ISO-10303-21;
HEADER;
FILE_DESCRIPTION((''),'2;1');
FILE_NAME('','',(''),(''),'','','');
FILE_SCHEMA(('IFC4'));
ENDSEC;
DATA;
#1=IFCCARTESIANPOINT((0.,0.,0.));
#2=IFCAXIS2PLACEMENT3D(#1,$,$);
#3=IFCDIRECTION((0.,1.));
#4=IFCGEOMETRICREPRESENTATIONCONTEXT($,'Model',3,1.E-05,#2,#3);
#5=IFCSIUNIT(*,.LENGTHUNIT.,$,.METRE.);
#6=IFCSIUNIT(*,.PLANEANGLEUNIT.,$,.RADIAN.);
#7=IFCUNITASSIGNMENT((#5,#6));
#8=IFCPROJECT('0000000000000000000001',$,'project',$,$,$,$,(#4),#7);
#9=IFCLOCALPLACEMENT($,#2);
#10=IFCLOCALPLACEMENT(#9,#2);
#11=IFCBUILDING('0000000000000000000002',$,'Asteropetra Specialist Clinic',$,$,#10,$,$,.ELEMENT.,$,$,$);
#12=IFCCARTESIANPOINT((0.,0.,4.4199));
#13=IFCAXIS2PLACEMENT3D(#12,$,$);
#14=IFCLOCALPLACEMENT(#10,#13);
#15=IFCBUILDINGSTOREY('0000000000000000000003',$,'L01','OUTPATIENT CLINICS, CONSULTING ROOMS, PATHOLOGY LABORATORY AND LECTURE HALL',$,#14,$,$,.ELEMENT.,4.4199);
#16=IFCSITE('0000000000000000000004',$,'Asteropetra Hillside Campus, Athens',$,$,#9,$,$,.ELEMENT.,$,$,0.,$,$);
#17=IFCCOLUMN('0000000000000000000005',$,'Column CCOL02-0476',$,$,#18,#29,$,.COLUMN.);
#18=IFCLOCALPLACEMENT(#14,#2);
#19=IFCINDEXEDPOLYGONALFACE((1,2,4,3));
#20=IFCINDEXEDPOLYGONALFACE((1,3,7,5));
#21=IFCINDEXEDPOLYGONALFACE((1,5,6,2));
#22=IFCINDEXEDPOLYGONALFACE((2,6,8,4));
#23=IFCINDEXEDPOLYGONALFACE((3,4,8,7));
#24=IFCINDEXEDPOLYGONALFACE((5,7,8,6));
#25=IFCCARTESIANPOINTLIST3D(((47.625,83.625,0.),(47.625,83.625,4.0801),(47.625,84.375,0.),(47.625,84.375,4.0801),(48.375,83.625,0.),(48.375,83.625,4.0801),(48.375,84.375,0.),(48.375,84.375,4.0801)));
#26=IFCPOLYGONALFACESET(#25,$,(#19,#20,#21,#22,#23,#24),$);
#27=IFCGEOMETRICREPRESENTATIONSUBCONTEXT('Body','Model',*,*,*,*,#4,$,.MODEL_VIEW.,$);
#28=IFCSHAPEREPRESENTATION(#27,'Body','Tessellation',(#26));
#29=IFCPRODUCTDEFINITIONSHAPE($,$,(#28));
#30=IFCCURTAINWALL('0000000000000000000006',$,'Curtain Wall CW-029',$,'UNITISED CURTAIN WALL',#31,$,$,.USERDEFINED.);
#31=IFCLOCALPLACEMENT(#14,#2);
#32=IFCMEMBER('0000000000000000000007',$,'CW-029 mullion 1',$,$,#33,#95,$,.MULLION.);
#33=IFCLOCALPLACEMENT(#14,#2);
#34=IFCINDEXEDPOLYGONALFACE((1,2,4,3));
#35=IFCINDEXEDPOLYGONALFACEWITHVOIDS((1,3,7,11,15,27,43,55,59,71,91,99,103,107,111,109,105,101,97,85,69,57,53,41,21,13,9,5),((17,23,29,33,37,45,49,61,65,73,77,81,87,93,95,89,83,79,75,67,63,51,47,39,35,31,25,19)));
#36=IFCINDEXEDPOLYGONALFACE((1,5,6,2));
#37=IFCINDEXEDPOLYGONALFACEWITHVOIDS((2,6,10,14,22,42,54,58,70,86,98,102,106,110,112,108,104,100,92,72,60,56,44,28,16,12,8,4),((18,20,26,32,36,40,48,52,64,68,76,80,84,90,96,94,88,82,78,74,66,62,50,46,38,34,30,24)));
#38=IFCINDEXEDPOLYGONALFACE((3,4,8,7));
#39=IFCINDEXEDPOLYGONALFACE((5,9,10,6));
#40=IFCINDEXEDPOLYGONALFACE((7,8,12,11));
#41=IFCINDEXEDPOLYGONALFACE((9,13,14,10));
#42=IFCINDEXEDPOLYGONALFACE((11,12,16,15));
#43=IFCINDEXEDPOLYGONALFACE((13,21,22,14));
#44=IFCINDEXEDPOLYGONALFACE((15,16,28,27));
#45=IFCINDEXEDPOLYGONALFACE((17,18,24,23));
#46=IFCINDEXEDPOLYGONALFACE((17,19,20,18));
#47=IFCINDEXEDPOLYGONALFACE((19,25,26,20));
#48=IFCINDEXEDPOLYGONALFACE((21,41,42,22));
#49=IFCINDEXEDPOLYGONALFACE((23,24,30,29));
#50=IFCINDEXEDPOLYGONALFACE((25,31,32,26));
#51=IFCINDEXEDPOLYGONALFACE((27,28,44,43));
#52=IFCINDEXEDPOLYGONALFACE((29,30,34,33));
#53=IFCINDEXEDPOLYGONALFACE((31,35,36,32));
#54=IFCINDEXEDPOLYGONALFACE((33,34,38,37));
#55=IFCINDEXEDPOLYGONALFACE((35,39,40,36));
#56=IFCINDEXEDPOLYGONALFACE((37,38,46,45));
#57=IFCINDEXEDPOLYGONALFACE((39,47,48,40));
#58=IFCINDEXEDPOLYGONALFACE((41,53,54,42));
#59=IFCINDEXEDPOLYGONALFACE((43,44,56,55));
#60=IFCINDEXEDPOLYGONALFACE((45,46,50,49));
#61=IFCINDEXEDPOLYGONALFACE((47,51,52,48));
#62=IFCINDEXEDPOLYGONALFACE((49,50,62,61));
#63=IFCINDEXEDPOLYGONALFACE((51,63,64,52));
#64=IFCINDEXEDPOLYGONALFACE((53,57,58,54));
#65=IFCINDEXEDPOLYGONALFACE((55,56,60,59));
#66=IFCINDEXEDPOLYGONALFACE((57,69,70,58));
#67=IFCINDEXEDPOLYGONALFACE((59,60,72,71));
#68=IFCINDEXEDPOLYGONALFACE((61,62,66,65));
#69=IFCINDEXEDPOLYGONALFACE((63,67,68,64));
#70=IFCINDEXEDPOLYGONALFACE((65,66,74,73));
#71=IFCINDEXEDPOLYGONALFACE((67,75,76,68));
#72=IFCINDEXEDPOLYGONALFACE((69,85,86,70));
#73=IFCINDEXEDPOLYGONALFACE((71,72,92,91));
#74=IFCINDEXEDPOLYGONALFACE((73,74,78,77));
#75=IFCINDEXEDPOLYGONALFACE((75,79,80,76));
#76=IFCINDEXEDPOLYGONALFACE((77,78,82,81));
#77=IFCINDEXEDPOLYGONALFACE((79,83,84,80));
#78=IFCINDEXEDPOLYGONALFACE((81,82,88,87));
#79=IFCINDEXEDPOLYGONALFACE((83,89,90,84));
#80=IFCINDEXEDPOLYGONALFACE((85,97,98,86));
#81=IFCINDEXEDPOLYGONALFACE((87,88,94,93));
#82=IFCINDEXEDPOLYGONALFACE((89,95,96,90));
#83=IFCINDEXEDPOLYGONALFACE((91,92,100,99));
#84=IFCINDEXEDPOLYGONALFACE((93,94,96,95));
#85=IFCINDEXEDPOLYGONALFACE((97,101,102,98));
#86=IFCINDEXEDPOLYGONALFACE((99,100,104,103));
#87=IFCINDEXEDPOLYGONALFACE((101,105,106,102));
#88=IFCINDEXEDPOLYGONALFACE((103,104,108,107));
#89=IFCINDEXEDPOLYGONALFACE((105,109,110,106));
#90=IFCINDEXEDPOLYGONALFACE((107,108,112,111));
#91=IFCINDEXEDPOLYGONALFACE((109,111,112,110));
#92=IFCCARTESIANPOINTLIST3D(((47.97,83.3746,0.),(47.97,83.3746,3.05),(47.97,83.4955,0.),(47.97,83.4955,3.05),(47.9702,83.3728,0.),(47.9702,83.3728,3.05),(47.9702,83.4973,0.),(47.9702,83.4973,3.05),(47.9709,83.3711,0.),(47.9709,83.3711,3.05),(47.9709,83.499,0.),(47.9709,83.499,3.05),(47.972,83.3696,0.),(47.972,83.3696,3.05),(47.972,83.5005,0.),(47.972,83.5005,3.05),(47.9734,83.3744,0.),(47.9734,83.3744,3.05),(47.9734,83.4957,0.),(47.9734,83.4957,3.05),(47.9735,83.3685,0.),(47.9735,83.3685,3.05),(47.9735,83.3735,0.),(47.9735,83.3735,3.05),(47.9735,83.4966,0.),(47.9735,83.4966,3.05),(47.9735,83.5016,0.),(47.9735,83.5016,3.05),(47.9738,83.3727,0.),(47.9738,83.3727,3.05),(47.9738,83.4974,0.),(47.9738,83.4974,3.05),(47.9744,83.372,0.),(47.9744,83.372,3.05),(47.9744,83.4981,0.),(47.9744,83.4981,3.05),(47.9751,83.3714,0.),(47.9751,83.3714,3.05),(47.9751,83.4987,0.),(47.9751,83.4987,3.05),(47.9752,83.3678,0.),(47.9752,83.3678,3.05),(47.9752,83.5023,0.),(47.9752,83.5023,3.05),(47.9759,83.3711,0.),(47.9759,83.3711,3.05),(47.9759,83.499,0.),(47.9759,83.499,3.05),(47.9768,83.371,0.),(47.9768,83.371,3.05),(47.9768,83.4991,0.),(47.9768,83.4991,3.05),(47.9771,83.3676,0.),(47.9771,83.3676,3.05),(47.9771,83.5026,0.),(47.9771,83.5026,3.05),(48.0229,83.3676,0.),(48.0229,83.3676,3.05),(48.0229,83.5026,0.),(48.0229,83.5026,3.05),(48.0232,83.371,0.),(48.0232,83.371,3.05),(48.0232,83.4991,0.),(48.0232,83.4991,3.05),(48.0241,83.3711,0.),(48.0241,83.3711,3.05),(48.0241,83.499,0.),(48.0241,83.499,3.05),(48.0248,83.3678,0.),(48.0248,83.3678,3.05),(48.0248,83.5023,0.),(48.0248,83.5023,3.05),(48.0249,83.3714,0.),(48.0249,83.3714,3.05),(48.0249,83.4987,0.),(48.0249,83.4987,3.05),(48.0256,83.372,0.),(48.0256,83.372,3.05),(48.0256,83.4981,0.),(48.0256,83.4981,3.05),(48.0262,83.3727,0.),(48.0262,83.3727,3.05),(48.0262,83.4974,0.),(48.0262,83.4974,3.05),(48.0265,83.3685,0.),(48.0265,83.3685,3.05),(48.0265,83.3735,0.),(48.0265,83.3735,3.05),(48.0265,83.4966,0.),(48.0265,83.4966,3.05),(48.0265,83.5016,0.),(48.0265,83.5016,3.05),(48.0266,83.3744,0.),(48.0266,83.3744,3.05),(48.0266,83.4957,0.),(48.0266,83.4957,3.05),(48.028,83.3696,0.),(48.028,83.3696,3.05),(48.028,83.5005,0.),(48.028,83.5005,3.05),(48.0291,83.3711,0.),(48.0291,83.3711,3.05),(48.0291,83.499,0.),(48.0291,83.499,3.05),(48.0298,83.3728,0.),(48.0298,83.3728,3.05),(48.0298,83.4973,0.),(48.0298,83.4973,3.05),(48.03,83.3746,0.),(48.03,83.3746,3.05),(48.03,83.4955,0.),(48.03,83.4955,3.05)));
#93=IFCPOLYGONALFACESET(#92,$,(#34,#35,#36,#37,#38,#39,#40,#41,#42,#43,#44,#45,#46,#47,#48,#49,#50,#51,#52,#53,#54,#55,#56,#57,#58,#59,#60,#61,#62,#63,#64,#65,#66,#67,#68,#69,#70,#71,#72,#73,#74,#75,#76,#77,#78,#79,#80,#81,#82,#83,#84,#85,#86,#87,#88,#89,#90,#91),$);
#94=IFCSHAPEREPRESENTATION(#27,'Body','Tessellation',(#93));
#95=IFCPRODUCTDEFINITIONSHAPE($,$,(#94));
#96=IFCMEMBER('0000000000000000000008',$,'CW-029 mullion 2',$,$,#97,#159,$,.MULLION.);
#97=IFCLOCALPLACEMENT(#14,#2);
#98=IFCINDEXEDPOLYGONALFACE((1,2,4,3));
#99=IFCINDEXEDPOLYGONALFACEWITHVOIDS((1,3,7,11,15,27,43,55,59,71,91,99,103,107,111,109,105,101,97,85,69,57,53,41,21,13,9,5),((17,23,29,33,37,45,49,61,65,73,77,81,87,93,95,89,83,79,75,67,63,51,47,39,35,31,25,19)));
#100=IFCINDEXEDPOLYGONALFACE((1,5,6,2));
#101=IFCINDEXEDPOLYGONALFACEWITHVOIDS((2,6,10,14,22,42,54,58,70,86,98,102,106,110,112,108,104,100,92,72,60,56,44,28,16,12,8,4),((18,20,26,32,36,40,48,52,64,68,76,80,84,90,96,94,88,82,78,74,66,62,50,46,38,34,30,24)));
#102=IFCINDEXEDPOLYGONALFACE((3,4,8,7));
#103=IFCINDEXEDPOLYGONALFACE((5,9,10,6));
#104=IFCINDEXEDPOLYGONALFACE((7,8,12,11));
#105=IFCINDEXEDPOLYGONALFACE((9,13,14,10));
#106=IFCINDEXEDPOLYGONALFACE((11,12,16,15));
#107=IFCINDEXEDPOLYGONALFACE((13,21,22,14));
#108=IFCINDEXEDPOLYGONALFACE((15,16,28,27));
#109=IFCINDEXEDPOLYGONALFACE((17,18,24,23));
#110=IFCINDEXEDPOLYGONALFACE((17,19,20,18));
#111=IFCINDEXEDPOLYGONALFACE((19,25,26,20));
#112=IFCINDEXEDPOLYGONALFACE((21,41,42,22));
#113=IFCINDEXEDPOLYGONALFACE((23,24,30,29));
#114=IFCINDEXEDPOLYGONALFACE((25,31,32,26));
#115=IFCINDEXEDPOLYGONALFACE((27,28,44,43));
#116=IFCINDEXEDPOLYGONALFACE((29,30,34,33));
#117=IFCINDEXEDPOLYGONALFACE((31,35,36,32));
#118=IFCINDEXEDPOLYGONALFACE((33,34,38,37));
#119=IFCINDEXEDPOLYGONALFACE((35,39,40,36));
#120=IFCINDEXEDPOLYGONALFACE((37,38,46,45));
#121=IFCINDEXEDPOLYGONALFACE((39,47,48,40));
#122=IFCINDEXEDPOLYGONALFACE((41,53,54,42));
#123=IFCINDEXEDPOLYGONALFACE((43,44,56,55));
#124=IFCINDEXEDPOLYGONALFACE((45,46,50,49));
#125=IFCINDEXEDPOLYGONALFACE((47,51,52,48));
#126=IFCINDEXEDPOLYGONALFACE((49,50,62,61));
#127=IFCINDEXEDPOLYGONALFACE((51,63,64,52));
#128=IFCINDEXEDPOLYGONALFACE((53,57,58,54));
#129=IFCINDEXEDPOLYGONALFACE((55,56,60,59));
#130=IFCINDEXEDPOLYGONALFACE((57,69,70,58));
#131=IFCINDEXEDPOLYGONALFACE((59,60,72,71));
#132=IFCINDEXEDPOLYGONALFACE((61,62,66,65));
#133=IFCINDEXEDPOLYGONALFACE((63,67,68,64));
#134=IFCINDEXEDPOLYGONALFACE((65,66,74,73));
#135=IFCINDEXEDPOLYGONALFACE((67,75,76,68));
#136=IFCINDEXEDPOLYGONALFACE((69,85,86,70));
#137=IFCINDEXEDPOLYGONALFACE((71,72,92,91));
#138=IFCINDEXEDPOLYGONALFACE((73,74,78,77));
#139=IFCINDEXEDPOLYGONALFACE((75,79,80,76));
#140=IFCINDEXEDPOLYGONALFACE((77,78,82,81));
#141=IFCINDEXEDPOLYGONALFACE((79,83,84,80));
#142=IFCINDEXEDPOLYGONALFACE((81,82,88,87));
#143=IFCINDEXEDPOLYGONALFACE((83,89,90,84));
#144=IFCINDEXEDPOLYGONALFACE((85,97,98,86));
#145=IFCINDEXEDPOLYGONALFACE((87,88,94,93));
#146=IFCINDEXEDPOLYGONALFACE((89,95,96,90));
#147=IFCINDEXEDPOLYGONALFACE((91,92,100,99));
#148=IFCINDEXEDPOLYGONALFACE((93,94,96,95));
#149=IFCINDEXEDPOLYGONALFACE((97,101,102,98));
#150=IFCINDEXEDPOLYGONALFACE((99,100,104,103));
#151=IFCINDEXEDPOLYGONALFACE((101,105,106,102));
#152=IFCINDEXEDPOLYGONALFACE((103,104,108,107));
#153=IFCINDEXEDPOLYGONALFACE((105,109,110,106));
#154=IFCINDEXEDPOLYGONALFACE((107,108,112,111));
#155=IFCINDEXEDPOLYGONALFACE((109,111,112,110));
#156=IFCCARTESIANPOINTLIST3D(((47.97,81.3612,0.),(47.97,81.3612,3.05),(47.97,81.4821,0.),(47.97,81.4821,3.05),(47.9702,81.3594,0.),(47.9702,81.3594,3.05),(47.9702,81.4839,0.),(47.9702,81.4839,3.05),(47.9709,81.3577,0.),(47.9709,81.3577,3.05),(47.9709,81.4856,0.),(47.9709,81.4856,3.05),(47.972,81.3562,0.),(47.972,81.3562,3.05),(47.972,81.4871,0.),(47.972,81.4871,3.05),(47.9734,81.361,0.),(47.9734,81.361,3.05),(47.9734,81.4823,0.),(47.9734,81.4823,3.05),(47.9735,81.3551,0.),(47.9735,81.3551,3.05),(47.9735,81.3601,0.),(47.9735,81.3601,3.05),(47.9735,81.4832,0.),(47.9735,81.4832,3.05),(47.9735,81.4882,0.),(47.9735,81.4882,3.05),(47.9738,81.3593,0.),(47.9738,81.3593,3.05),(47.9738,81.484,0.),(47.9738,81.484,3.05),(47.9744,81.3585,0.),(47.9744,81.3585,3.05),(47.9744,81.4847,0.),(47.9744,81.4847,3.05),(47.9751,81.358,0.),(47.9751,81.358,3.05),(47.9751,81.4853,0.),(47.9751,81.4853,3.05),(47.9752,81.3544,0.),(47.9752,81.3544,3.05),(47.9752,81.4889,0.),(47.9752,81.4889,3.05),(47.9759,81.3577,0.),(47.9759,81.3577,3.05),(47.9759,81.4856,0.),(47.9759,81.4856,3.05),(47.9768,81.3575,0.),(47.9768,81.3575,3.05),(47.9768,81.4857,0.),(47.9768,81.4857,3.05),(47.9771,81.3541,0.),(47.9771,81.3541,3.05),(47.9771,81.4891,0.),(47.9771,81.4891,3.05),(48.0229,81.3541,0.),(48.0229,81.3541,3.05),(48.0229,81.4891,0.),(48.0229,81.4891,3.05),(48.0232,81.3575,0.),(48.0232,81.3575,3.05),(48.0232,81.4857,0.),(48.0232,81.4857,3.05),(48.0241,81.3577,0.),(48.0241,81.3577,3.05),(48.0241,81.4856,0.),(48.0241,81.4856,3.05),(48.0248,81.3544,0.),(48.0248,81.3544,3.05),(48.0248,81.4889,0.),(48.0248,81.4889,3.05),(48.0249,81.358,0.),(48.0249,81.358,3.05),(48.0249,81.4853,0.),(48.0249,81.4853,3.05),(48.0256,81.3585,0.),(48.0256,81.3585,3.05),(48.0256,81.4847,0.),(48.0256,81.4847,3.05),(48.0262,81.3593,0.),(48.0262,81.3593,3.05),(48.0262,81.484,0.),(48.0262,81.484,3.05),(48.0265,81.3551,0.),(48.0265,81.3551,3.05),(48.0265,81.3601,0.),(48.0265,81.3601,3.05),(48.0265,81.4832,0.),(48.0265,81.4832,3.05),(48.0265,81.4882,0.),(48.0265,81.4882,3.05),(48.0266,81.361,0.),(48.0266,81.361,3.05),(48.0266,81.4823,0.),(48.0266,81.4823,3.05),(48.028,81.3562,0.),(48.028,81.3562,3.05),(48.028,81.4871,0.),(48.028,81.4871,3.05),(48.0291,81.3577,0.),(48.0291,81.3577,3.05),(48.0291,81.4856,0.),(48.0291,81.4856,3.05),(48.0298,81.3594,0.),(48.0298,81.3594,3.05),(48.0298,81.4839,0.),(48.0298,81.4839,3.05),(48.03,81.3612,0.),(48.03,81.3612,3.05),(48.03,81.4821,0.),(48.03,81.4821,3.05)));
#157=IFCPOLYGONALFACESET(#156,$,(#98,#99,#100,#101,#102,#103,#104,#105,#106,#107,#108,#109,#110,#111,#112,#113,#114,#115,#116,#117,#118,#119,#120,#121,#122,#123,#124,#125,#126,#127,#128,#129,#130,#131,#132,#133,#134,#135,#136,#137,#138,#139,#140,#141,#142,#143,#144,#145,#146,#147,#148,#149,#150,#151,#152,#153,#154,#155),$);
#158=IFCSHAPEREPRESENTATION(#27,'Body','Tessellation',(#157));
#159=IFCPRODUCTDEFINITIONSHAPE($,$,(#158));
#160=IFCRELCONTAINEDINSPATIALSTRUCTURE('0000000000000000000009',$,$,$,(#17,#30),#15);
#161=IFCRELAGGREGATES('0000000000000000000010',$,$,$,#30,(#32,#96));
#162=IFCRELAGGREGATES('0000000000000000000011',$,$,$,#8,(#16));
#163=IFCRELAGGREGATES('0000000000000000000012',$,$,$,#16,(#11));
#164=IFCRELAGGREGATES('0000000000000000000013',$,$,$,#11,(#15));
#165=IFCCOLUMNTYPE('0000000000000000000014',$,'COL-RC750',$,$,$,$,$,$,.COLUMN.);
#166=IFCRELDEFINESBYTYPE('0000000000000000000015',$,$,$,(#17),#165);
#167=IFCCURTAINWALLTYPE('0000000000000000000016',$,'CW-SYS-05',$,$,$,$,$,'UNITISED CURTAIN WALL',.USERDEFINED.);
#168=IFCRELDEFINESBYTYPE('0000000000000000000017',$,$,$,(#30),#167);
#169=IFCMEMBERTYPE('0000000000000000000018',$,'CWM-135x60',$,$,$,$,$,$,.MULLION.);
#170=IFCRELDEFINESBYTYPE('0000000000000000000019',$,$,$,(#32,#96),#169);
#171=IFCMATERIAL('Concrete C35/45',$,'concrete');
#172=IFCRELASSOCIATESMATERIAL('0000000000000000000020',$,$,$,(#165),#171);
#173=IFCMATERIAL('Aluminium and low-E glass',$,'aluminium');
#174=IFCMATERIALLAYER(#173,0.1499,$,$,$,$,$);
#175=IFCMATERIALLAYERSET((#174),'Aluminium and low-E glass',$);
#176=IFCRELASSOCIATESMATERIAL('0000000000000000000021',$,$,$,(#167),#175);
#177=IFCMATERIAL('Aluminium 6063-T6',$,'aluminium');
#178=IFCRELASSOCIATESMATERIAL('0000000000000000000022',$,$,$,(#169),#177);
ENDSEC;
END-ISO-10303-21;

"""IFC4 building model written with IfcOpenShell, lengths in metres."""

from ifc_helpers import new_model, si_unit, direction, frame, origin, origin_2d, place, context, subcontext, project, spatial, rectangle, hollow_rectangle, extrude, material, layer, layer_set, material_profile, profile_set, type_object, element, aggregate, save


model = new_model("IFC4")

# Units and contexts
model_context = context("Model", 3, precision=1e-05, world=origin(), true_north=direction((0.0, 1.0)))
body_context = subcontext(model_context, "Body", "Model", "MODEL_VIEW")
ifc_project = project(units=[si_unit("LENGTHUNIT", "METRE"), si_unit("PLANEANGLEUNIT", "RADIAN")], contexts=[model_context])

# Site, building, storey
site_placement = place(None, origin())
site = spatial("IfcSite", under=ifc_project, at=site_placement, Name="Asteropetra Hillside Campus, Athens", CompositionType="ELEMENT", RefElevation=0.0)
building_placement = place(site_placement, origin())
building = spatial("IfcBuilding", under=site, at=building_placement, Name="Asteropetra Specialist Clinic", CompositionType="ELEMENT")
storey_placement = place(building_placement, frame((0.0, 0.0, 4.4199)))
storey = spatial("IfcBuildingStorey", under=building, at=storey_placement, Name="L01", Description="OUTPATIENT CLINICS, CONSULTING ROOMS, PATHOLOGY LABORATORY AND LECTURE HALL", CompositionType="ELEMENT", Elevation=4.4199)

# Column
ifc_material_1 = material(Name="Concrete C35/45", Category="concrete")
ifc_material_profile_1 = material_profile(ifc_material_1, rectangle(XDim=0.75, YDim=0.75, at=origin_2d()), Name="RC 750x750")
ifc_profile_set_1 = profile_set([ifc_material_profile_1], Name="Concrete C35/45")
column_type = type_object("IfcColumnType", Name="COL-RC750", PredefinedType="COLUMN", material=ifc_profile_set_1)
column_placement = place(storey_placement, frame((48.0, 84.0, 0.0), z_axis=(0.0, 0.0, 1.0), x_axis=(1.0, 0.0, 0.0)))
element("IfcColumn", 1, at=column_placement, inside=storey, type_object=column_type, Name="Column CCOL02-0476", PredefinedType="COLUMN", context=body_context, shape_type="SweptSolid", body=[
    extrude(rectangle(XDim=0.75, YDim=0.75, at=origin_2d()), origin(), (0.0, 0.0, 1.0), 4.0801),
])

# Curtain wall, members
ifc_material_2 = material(Name="Aluminium and low-E glass", Category="aluminium")
ifc_layer_1 = layer(ifc_material_2, 0.1499)
ifc_layer_set_1 = layer_set([ifc_layer_1], Name="Aluminium and low-E glass")
curtain_wall_type_1 = type_object("IfcCurtainWallType", Name="CW-SYS-05", ElementType="UNITISED CURTAIN WALL", PredefinedType="USERDEFINED", material=ifc_layer_set_1)
curtain_wall_1_placement = place(storey_placement, origin())
curtain_wall_1 = element("IfcCurtainWall", 2, at=curtain_wall_1_placement, inside=storey, type_object=curtain_wall_type_1, Name="Curtain Wall CW-029", ObjectType="UNITISED CURTAIN WALL", PredefinedType="USERDEFINED")
ifc_material_3 = material(Name="Aluminium 6063-T6", Category="aluminium")
ifc_material_profile_2 = material_profile(ifc_material_3, hollow_rectangle(XDim=0.0601, YDim=0.135, WallThickness=0.0034, InnerFilletRadius=0.0034, OuterFilletRadius=0.0071, at=origin_2d()), Name="MUL 135x60x3.5")
ifc_profile_set_2 = profile_set([ifc_material_profile_2], Name="Aluminium 6063-T6")
member_type_1 = type_object("IfcMemberType", Name="CWM-135x60", PredefinedType="MULLION", material=ifc_profile_set_2)
member_1_placement = place(storey_placement, frame((48.0, 83.4351, 0.0), z_axis=(0.0, 0.0, 1.0), x_axis=(1.0, 0.0, 0.0)))
member_1 = element("IfcMember", 3, at=member_1_placement, type_object=member_type_1, Name="CW-029 mullion 1", PredefinedType="MULLION", context=body_context, shape_type="SweptSolid", body=[
    extrude(hollow_rectangle(XDim=0.0601, YDim=0.135, WallThickness=0.0034, InnerFilletRadius=0.0034, OuterFilletRadius=0.0071, at=origin_2d()), origin(), (0.0, 0.0, 1.0), 3.05),
])
member_2_placement = place(storey_placement, frame((48.0, 81.4216, 0.0), z_axis=(0.0, 0.0, 1.0), x_axis=(1.0, 0.0, 0.0)))
member_2 = element("IfcMember", 4, at=member_2_placement, type_object=member_type_1, Name="CW-029 mullion 2", PredefinedType="MULLION", context=body_context, shape_type="SweptSolid", body=[
    extrude(hollow_rectangle(XDim=0.0601, YDim=0.135, WallThickness=0.0034, InnerFilletRadius=0.0034, OuterFilletRadius=0.0071, at=origin_2d()), origin(), (0.0, 0.0, 1.0), 3.05),
])

aggregate(curtain_wall_1, [member_1, member_2])

save(model, "model.ifc")
